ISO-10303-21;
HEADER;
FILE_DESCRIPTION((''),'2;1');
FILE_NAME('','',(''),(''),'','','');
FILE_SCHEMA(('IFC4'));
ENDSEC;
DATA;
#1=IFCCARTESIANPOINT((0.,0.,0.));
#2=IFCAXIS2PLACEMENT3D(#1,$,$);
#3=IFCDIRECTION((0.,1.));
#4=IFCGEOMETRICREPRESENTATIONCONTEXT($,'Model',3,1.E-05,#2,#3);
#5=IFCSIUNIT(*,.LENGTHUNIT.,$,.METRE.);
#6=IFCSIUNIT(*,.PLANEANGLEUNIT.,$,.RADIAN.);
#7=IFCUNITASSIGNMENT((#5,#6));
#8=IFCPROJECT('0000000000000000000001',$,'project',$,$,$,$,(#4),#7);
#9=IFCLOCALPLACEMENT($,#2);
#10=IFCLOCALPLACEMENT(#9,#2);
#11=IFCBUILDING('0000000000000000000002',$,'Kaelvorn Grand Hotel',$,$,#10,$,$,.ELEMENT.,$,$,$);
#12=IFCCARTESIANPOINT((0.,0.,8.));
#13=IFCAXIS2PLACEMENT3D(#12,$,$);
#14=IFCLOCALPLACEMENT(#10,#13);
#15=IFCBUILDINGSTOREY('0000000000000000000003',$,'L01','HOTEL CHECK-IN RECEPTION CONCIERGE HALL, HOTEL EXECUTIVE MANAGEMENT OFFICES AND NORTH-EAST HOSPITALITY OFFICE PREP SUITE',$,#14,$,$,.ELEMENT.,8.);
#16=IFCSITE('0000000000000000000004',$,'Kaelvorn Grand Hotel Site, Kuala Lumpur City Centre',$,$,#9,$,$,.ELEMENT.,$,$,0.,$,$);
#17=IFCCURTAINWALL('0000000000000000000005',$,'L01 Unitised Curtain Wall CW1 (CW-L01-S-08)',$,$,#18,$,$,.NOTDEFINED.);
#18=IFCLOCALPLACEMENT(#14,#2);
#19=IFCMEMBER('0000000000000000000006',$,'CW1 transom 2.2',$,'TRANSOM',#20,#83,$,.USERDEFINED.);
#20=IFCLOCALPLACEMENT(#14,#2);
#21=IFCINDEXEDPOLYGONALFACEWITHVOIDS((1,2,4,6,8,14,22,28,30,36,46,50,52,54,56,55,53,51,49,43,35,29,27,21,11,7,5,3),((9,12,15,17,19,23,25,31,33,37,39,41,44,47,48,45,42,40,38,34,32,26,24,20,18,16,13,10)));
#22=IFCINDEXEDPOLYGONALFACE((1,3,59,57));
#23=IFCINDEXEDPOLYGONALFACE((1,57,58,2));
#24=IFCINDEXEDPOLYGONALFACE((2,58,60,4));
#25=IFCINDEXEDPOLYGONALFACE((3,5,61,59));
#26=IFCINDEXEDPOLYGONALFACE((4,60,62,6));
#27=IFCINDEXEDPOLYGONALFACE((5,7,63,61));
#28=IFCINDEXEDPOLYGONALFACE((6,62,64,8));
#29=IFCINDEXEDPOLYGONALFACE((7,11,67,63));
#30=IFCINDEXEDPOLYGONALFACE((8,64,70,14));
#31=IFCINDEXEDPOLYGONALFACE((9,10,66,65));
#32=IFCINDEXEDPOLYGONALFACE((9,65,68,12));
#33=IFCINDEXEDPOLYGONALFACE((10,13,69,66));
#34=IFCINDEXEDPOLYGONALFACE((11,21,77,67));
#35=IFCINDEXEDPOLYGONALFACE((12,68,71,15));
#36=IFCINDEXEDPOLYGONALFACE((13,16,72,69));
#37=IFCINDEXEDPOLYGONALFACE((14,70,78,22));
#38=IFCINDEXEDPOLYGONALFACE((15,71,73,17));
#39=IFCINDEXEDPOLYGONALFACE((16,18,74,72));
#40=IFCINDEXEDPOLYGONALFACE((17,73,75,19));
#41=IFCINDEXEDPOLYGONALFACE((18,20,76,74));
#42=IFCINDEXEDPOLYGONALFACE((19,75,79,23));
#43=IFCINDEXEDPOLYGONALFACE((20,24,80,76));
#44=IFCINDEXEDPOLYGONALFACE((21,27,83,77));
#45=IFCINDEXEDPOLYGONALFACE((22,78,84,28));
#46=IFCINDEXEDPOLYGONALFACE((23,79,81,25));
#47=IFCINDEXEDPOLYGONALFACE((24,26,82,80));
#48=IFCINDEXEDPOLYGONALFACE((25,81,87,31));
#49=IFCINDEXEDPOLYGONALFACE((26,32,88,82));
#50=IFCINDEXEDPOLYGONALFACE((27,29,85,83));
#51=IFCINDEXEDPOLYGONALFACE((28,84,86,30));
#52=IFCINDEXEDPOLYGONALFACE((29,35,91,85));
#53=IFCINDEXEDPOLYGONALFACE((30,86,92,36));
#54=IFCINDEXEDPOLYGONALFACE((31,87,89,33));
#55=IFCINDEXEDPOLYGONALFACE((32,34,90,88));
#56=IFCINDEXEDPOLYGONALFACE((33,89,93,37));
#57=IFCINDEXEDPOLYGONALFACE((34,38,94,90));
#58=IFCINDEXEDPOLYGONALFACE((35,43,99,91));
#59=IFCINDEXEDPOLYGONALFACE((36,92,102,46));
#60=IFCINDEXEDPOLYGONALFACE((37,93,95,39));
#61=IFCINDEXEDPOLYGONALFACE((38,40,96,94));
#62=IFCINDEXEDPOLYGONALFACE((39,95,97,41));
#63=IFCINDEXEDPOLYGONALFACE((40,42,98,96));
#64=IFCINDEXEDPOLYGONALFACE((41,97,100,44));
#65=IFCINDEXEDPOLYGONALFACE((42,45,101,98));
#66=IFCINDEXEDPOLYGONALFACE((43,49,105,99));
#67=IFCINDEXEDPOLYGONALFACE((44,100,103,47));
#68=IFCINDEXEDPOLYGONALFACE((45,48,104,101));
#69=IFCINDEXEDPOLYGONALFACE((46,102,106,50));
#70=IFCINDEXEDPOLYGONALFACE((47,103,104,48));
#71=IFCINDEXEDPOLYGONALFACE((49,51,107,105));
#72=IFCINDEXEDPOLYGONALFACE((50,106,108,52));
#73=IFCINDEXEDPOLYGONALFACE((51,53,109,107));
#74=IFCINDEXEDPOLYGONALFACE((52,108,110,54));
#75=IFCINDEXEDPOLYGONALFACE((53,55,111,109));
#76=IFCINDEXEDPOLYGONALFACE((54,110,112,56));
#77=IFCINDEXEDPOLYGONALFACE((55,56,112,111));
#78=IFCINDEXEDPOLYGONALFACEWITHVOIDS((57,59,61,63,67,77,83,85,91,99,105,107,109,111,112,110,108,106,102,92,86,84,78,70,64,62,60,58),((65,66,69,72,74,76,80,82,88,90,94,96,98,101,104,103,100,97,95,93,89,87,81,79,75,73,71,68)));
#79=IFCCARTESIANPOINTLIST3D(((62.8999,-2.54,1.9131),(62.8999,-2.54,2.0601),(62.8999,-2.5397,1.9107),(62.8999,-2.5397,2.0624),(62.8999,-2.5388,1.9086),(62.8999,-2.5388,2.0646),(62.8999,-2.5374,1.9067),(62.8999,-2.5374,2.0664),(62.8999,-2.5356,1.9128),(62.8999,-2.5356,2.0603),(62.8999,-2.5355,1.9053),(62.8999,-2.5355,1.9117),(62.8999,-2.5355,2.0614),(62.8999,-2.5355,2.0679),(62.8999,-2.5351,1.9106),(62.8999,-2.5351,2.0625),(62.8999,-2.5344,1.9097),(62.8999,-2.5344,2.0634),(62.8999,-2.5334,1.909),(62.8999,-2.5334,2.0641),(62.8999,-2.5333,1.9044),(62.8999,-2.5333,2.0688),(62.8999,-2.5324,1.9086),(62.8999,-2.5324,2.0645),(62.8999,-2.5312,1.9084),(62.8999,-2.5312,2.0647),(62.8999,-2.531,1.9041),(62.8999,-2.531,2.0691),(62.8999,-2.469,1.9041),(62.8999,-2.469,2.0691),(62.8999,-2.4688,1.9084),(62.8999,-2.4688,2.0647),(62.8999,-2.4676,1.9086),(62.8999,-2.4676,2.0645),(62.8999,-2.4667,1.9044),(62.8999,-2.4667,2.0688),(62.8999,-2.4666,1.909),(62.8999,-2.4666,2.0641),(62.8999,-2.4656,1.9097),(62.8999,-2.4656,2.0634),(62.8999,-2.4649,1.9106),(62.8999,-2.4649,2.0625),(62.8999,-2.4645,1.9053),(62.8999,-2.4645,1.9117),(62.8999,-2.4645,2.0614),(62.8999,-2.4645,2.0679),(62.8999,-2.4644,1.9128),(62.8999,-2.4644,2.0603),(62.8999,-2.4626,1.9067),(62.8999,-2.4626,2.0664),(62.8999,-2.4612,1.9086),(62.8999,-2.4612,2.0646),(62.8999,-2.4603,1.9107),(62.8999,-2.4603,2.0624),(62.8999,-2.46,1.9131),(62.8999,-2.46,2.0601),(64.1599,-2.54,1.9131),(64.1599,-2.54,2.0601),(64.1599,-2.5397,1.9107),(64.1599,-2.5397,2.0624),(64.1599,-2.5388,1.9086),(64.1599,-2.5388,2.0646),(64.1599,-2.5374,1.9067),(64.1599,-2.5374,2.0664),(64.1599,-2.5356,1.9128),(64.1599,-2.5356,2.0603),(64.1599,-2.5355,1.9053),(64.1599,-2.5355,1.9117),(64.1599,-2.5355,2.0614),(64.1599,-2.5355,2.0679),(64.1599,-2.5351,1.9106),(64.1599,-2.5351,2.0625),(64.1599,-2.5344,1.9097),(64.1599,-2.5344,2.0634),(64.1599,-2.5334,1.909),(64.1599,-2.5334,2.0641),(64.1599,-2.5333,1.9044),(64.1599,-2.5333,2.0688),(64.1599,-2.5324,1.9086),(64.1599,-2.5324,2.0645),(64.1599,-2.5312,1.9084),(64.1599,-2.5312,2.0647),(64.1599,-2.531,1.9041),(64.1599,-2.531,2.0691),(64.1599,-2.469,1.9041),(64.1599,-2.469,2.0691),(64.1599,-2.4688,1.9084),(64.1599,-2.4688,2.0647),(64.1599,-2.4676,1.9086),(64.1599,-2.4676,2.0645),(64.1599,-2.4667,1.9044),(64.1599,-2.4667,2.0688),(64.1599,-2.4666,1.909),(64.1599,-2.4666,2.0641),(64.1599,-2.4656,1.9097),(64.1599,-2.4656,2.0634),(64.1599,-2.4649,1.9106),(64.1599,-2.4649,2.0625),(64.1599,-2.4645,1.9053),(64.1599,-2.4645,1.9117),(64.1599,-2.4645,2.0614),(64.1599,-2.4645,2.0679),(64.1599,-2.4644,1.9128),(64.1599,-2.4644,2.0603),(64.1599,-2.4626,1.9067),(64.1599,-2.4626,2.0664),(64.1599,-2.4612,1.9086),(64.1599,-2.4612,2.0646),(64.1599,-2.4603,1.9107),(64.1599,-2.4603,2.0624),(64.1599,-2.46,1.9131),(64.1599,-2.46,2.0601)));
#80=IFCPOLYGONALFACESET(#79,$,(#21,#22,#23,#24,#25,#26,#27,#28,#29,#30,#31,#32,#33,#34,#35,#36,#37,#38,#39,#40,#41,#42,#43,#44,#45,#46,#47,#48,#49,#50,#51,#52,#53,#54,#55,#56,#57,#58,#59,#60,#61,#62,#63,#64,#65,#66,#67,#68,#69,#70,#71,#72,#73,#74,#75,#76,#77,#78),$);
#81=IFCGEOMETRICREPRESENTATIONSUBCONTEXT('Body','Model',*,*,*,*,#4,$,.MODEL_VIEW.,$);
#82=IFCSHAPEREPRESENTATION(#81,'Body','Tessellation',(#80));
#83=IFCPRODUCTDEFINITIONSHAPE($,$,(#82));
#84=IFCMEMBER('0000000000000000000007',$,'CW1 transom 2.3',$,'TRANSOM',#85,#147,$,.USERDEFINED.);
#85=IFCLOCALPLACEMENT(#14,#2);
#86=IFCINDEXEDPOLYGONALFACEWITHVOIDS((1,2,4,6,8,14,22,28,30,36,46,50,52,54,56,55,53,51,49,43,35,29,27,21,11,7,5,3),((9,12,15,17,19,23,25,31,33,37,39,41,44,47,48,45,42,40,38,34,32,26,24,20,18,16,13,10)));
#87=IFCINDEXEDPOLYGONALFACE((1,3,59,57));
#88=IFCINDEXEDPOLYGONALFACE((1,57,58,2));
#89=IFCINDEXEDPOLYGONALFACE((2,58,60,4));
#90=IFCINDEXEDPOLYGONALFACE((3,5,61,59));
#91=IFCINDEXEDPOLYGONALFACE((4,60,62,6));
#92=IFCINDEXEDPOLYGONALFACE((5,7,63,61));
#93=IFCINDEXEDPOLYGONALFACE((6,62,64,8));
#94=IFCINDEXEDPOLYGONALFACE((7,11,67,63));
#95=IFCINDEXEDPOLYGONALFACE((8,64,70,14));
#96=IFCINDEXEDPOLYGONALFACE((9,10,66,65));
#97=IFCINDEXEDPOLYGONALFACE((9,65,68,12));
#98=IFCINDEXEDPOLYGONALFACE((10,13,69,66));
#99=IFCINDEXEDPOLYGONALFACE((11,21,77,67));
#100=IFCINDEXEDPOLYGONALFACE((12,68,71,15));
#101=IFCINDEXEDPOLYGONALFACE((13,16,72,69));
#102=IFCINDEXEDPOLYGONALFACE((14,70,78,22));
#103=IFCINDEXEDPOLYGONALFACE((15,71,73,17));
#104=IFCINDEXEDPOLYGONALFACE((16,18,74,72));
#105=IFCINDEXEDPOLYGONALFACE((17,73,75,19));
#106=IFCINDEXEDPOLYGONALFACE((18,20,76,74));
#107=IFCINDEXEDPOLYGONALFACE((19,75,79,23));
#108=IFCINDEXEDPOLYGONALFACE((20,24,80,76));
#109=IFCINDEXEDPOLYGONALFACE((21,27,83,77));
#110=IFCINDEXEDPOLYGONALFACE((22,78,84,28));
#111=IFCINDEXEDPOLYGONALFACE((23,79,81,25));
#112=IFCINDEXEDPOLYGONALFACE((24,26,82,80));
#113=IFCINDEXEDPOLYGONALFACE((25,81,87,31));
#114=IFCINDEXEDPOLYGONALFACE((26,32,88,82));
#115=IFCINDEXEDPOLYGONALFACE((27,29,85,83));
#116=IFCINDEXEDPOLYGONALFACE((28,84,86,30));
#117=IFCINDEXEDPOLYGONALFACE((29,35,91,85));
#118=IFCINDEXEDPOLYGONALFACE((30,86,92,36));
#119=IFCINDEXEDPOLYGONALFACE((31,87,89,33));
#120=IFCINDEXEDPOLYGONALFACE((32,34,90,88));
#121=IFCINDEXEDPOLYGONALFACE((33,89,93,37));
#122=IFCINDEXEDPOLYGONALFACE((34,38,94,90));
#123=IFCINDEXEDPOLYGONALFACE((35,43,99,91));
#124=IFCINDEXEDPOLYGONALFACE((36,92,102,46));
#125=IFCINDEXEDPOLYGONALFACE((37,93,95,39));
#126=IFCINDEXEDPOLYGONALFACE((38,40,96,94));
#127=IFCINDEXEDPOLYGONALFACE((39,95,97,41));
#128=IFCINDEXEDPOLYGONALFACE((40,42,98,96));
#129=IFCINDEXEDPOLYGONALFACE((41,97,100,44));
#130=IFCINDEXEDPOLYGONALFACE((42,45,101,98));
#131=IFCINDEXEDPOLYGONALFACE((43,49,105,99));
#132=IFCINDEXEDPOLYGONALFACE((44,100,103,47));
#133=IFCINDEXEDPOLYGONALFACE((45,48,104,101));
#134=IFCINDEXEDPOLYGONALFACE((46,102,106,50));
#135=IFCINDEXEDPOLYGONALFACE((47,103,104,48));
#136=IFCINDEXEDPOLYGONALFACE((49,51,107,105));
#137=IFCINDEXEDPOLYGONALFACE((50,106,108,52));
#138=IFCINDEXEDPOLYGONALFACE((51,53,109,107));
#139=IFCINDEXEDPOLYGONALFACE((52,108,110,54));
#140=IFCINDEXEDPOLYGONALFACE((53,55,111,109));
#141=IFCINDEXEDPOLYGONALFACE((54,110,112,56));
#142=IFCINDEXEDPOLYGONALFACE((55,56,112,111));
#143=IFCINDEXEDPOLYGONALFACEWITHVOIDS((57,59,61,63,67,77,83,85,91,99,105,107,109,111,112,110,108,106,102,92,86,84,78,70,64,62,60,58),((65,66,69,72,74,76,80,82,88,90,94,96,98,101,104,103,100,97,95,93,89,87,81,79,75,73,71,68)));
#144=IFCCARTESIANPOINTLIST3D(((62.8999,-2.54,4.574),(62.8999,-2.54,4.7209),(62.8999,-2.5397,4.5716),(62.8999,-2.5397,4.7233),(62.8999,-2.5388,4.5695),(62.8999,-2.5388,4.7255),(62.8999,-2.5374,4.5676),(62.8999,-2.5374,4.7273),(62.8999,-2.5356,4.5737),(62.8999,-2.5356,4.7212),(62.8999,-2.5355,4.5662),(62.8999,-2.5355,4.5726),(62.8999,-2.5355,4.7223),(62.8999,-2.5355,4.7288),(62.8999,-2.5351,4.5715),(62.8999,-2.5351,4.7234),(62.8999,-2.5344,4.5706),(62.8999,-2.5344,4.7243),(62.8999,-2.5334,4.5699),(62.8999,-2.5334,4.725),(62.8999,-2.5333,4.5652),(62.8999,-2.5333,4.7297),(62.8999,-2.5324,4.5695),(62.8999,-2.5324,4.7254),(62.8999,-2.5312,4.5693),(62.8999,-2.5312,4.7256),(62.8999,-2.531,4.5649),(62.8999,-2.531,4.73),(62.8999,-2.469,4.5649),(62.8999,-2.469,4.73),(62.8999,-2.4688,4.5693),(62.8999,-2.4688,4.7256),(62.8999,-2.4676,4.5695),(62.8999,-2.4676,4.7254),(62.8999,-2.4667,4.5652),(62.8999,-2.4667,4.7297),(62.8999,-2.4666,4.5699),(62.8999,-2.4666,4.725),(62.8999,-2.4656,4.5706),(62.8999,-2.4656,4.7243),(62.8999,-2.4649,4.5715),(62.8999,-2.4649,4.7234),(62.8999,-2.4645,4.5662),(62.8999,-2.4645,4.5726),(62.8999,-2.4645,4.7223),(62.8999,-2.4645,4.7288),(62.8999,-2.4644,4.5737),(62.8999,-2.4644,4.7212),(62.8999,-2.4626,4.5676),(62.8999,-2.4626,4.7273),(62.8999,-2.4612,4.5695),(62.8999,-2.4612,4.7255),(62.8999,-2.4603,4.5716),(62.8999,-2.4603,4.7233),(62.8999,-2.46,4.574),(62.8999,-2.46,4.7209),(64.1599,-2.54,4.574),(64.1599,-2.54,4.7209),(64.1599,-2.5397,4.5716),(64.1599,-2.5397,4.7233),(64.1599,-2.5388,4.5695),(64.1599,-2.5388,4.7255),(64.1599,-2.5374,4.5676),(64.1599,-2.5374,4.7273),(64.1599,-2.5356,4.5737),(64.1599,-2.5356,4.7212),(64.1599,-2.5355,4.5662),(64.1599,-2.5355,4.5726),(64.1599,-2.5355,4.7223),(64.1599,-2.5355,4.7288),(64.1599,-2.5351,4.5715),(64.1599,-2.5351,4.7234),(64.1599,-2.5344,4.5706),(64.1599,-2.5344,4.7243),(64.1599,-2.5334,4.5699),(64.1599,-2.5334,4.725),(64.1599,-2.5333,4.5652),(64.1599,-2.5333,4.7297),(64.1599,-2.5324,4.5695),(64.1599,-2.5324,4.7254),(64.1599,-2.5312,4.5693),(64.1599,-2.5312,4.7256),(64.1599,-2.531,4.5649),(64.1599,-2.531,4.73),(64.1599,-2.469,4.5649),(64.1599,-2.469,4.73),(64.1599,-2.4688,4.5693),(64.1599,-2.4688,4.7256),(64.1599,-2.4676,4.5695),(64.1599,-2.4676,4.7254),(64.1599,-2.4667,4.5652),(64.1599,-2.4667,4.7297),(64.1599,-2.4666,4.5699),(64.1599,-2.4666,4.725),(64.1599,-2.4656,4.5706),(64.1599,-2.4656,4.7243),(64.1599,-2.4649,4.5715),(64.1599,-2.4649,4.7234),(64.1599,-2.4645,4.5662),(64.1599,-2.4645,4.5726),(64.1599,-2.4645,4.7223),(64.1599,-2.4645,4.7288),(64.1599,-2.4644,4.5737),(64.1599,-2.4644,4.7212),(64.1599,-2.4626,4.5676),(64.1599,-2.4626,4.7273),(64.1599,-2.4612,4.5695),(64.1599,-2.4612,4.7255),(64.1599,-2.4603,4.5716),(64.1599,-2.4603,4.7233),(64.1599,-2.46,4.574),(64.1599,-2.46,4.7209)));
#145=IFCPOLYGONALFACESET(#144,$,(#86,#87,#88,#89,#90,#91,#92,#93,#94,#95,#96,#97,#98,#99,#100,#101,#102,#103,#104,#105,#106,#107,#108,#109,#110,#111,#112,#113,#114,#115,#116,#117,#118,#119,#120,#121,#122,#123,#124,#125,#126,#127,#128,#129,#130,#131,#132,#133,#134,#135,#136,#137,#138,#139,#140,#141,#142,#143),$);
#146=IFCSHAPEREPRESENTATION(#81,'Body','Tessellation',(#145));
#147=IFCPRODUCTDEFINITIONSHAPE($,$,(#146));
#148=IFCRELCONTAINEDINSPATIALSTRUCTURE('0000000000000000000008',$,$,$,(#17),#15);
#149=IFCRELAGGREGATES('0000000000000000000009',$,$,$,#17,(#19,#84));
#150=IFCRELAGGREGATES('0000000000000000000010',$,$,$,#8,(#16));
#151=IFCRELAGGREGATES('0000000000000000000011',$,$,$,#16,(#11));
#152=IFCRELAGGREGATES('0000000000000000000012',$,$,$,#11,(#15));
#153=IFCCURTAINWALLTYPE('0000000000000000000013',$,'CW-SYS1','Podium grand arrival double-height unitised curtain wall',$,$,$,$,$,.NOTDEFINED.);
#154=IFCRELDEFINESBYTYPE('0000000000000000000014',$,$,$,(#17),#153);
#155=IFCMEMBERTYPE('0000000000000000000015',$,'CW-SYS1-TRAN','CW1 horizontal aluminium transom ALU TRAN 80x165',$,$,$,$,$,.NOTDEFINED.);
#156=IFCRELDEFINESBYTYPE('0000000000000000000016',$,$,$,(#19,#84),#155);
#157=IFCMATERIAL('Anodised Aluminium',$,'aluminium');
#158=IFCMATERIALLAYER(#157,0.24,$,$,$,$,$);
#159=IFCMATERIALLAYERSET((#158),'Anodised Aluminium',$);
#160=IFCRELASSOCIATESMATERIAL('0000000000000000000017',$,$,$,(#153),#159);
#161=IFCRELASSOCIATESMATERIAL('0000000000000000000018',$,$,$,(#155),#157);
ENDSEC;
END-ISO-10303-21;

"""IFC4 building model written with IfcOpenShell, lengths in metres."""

from ifc_helpers import new_model, si_unit, direction, frame, origin, origin_2d, place, context, subcontext, project, spatial, hollow_rectangle, extrude, material, layer, layer_set, material_profile, profile_set, type_object, element, aggregate, save


model = new_model("IFC4")

# Units and contexts
model_context = context("Model", 3, precision=1e-05, world=origin(), true_north=direction((0.0, 1.0)))
body_context = subcontext(model_context, "Body", "Model", "MODEL_VIEW")
ifc_project = project(units=[si_unit("LENGTHUNIT", "METRE"), si_unit("PLANEANGLEUNIT", "RADIAN")], contexts=[model_context])

# Site, building, storey
site_placement = place(None, origin())
site = spatial("IfcSite", under=ifc_project, at=site_placement, Name="Kaelvorn Grand Hotel Site, Kuala Lumpur City Centre", CompositionType="ELEMENT", RefElevation=0.0)
building_placement = place(site_placement, origin())
building = spatial("IfcBuilding", under=site, at=building_placement, Name="Kaelvorn Grand Hotel", CompositionType="ELEMENT")
storey_placement = place(building_placement, frame((0.0, 0.0, 8.0)))
storey = spatial("IfcBuildingStorey", under=building, at=storey_placement, Name="L01", Description="HOTEL CHECK-IN RECEPTION CONCIERGE HALL, HOTEL EXECUTIVE MANAGEMENT OFFICES AND NORTH-EAST HOSPITALITY OFFICE PREP SUITE", CompositionType="ELEMENT", Elevation=8.0)

# Curtain wall
ifc_material_1 = material(Name="Anodised Aluminium", Category="aluminium")
ifc_layer_1 = layer(ifc_material_1, 0.24)
ifc_layer_set_1 = layer_set([ifc_layer_1], Name="Anodised Aluminium")
curtain_wall_type = type_object("IfcCurtainWallType", Name="CW-SYS1", Description="Podium grand arrival double-height unitised curtain wall", PredefinedType="NOTDEFINED", material=ifc_layer_set_1)
curtain_wall_1_placement = place(storey_placement, origin())
curtain_wall_1 = element("IfcCurtainWall", 1, at=curtain_wall_1_placement, inside=storey, type_object=curtain_wall_type, Name="L01 Unitised Curtain Wall CW1 (CW-L01-S-08)", PredefinedType="NOTDEFINED")

# Members
ifc_material_profile_1 = material_profile(ifc_material_1, hollow_rectangle(XDim=0.0801, YDim=0.165, WallThickness=0.0044, InnerFilletRadius=0.0044, OuterFilletRadius=0.009, at=origin_2d()), Name="ALU TRAN 80x165")
ifc_profile_set_1 = profile_set([ifc_material_profile_1], Name="Anodised Aluminium")
member_type_1 = type_object("IfcMemberType", Name="CW-SYS1-TRAN", Description="CW1 horizontal aluminium transom ALU TRAN 80x165", PredefinedType="NOTDEFINED", material=ifc_profile_set_1)
member_1_placement = place(storey_placement, frame((62.8999, -2.5, 1.9866), z_axis=(1.0, 0.0, 0.0), x_axis=(0.0, 1.0, 0.0)))
member_1 = element("IfcMember", 2, at=member_1_placement, type_object=member_type_1, Name="CW1 transom 2.2", ObjectType="TRANSOM", PredefinedType="USERDEFINED", context=body_context, shape_type="SweptSolid", body=[
    extrude(hollow_rectangle(XDim=0.0801, YDim=0.165, WallThickness=0.0044, InnerFilletRadius=0.0044, OuterFilletRadius=0.009, at=origin_2d()), origin(), (0.0, 0.0, 1.0), 1.26),
])
member_2_placement = place(storey_placement, frame((62.8999, -2.5, 4.6475), z_axis=(1.0, 0.0, 0.0), x_axis=(0.0, 1.0, 0.0)))
member_2 = element("IfcMember", 3, at=member_2_placement, type_object=member_type_1, Name="CW1 transom 2.3", ObjectType="TRANSOM", PredefinedType="USERDEFINED", context=body_context, shape_type="SweptSolid", body=[
    extrude(hollow_rectangle(XDim=0.0801, YDim=0.165, WallThickness=0.0044, InnerFilletRadius=0.0044, OuterFilletRadius=0.009, at=origin_2d()), origin(), (0.0, 0.0, 1.0), 1.26),
])

aggregate(curtain_wall_1, [member_1, member_2])

save(model, "model.ifc")
